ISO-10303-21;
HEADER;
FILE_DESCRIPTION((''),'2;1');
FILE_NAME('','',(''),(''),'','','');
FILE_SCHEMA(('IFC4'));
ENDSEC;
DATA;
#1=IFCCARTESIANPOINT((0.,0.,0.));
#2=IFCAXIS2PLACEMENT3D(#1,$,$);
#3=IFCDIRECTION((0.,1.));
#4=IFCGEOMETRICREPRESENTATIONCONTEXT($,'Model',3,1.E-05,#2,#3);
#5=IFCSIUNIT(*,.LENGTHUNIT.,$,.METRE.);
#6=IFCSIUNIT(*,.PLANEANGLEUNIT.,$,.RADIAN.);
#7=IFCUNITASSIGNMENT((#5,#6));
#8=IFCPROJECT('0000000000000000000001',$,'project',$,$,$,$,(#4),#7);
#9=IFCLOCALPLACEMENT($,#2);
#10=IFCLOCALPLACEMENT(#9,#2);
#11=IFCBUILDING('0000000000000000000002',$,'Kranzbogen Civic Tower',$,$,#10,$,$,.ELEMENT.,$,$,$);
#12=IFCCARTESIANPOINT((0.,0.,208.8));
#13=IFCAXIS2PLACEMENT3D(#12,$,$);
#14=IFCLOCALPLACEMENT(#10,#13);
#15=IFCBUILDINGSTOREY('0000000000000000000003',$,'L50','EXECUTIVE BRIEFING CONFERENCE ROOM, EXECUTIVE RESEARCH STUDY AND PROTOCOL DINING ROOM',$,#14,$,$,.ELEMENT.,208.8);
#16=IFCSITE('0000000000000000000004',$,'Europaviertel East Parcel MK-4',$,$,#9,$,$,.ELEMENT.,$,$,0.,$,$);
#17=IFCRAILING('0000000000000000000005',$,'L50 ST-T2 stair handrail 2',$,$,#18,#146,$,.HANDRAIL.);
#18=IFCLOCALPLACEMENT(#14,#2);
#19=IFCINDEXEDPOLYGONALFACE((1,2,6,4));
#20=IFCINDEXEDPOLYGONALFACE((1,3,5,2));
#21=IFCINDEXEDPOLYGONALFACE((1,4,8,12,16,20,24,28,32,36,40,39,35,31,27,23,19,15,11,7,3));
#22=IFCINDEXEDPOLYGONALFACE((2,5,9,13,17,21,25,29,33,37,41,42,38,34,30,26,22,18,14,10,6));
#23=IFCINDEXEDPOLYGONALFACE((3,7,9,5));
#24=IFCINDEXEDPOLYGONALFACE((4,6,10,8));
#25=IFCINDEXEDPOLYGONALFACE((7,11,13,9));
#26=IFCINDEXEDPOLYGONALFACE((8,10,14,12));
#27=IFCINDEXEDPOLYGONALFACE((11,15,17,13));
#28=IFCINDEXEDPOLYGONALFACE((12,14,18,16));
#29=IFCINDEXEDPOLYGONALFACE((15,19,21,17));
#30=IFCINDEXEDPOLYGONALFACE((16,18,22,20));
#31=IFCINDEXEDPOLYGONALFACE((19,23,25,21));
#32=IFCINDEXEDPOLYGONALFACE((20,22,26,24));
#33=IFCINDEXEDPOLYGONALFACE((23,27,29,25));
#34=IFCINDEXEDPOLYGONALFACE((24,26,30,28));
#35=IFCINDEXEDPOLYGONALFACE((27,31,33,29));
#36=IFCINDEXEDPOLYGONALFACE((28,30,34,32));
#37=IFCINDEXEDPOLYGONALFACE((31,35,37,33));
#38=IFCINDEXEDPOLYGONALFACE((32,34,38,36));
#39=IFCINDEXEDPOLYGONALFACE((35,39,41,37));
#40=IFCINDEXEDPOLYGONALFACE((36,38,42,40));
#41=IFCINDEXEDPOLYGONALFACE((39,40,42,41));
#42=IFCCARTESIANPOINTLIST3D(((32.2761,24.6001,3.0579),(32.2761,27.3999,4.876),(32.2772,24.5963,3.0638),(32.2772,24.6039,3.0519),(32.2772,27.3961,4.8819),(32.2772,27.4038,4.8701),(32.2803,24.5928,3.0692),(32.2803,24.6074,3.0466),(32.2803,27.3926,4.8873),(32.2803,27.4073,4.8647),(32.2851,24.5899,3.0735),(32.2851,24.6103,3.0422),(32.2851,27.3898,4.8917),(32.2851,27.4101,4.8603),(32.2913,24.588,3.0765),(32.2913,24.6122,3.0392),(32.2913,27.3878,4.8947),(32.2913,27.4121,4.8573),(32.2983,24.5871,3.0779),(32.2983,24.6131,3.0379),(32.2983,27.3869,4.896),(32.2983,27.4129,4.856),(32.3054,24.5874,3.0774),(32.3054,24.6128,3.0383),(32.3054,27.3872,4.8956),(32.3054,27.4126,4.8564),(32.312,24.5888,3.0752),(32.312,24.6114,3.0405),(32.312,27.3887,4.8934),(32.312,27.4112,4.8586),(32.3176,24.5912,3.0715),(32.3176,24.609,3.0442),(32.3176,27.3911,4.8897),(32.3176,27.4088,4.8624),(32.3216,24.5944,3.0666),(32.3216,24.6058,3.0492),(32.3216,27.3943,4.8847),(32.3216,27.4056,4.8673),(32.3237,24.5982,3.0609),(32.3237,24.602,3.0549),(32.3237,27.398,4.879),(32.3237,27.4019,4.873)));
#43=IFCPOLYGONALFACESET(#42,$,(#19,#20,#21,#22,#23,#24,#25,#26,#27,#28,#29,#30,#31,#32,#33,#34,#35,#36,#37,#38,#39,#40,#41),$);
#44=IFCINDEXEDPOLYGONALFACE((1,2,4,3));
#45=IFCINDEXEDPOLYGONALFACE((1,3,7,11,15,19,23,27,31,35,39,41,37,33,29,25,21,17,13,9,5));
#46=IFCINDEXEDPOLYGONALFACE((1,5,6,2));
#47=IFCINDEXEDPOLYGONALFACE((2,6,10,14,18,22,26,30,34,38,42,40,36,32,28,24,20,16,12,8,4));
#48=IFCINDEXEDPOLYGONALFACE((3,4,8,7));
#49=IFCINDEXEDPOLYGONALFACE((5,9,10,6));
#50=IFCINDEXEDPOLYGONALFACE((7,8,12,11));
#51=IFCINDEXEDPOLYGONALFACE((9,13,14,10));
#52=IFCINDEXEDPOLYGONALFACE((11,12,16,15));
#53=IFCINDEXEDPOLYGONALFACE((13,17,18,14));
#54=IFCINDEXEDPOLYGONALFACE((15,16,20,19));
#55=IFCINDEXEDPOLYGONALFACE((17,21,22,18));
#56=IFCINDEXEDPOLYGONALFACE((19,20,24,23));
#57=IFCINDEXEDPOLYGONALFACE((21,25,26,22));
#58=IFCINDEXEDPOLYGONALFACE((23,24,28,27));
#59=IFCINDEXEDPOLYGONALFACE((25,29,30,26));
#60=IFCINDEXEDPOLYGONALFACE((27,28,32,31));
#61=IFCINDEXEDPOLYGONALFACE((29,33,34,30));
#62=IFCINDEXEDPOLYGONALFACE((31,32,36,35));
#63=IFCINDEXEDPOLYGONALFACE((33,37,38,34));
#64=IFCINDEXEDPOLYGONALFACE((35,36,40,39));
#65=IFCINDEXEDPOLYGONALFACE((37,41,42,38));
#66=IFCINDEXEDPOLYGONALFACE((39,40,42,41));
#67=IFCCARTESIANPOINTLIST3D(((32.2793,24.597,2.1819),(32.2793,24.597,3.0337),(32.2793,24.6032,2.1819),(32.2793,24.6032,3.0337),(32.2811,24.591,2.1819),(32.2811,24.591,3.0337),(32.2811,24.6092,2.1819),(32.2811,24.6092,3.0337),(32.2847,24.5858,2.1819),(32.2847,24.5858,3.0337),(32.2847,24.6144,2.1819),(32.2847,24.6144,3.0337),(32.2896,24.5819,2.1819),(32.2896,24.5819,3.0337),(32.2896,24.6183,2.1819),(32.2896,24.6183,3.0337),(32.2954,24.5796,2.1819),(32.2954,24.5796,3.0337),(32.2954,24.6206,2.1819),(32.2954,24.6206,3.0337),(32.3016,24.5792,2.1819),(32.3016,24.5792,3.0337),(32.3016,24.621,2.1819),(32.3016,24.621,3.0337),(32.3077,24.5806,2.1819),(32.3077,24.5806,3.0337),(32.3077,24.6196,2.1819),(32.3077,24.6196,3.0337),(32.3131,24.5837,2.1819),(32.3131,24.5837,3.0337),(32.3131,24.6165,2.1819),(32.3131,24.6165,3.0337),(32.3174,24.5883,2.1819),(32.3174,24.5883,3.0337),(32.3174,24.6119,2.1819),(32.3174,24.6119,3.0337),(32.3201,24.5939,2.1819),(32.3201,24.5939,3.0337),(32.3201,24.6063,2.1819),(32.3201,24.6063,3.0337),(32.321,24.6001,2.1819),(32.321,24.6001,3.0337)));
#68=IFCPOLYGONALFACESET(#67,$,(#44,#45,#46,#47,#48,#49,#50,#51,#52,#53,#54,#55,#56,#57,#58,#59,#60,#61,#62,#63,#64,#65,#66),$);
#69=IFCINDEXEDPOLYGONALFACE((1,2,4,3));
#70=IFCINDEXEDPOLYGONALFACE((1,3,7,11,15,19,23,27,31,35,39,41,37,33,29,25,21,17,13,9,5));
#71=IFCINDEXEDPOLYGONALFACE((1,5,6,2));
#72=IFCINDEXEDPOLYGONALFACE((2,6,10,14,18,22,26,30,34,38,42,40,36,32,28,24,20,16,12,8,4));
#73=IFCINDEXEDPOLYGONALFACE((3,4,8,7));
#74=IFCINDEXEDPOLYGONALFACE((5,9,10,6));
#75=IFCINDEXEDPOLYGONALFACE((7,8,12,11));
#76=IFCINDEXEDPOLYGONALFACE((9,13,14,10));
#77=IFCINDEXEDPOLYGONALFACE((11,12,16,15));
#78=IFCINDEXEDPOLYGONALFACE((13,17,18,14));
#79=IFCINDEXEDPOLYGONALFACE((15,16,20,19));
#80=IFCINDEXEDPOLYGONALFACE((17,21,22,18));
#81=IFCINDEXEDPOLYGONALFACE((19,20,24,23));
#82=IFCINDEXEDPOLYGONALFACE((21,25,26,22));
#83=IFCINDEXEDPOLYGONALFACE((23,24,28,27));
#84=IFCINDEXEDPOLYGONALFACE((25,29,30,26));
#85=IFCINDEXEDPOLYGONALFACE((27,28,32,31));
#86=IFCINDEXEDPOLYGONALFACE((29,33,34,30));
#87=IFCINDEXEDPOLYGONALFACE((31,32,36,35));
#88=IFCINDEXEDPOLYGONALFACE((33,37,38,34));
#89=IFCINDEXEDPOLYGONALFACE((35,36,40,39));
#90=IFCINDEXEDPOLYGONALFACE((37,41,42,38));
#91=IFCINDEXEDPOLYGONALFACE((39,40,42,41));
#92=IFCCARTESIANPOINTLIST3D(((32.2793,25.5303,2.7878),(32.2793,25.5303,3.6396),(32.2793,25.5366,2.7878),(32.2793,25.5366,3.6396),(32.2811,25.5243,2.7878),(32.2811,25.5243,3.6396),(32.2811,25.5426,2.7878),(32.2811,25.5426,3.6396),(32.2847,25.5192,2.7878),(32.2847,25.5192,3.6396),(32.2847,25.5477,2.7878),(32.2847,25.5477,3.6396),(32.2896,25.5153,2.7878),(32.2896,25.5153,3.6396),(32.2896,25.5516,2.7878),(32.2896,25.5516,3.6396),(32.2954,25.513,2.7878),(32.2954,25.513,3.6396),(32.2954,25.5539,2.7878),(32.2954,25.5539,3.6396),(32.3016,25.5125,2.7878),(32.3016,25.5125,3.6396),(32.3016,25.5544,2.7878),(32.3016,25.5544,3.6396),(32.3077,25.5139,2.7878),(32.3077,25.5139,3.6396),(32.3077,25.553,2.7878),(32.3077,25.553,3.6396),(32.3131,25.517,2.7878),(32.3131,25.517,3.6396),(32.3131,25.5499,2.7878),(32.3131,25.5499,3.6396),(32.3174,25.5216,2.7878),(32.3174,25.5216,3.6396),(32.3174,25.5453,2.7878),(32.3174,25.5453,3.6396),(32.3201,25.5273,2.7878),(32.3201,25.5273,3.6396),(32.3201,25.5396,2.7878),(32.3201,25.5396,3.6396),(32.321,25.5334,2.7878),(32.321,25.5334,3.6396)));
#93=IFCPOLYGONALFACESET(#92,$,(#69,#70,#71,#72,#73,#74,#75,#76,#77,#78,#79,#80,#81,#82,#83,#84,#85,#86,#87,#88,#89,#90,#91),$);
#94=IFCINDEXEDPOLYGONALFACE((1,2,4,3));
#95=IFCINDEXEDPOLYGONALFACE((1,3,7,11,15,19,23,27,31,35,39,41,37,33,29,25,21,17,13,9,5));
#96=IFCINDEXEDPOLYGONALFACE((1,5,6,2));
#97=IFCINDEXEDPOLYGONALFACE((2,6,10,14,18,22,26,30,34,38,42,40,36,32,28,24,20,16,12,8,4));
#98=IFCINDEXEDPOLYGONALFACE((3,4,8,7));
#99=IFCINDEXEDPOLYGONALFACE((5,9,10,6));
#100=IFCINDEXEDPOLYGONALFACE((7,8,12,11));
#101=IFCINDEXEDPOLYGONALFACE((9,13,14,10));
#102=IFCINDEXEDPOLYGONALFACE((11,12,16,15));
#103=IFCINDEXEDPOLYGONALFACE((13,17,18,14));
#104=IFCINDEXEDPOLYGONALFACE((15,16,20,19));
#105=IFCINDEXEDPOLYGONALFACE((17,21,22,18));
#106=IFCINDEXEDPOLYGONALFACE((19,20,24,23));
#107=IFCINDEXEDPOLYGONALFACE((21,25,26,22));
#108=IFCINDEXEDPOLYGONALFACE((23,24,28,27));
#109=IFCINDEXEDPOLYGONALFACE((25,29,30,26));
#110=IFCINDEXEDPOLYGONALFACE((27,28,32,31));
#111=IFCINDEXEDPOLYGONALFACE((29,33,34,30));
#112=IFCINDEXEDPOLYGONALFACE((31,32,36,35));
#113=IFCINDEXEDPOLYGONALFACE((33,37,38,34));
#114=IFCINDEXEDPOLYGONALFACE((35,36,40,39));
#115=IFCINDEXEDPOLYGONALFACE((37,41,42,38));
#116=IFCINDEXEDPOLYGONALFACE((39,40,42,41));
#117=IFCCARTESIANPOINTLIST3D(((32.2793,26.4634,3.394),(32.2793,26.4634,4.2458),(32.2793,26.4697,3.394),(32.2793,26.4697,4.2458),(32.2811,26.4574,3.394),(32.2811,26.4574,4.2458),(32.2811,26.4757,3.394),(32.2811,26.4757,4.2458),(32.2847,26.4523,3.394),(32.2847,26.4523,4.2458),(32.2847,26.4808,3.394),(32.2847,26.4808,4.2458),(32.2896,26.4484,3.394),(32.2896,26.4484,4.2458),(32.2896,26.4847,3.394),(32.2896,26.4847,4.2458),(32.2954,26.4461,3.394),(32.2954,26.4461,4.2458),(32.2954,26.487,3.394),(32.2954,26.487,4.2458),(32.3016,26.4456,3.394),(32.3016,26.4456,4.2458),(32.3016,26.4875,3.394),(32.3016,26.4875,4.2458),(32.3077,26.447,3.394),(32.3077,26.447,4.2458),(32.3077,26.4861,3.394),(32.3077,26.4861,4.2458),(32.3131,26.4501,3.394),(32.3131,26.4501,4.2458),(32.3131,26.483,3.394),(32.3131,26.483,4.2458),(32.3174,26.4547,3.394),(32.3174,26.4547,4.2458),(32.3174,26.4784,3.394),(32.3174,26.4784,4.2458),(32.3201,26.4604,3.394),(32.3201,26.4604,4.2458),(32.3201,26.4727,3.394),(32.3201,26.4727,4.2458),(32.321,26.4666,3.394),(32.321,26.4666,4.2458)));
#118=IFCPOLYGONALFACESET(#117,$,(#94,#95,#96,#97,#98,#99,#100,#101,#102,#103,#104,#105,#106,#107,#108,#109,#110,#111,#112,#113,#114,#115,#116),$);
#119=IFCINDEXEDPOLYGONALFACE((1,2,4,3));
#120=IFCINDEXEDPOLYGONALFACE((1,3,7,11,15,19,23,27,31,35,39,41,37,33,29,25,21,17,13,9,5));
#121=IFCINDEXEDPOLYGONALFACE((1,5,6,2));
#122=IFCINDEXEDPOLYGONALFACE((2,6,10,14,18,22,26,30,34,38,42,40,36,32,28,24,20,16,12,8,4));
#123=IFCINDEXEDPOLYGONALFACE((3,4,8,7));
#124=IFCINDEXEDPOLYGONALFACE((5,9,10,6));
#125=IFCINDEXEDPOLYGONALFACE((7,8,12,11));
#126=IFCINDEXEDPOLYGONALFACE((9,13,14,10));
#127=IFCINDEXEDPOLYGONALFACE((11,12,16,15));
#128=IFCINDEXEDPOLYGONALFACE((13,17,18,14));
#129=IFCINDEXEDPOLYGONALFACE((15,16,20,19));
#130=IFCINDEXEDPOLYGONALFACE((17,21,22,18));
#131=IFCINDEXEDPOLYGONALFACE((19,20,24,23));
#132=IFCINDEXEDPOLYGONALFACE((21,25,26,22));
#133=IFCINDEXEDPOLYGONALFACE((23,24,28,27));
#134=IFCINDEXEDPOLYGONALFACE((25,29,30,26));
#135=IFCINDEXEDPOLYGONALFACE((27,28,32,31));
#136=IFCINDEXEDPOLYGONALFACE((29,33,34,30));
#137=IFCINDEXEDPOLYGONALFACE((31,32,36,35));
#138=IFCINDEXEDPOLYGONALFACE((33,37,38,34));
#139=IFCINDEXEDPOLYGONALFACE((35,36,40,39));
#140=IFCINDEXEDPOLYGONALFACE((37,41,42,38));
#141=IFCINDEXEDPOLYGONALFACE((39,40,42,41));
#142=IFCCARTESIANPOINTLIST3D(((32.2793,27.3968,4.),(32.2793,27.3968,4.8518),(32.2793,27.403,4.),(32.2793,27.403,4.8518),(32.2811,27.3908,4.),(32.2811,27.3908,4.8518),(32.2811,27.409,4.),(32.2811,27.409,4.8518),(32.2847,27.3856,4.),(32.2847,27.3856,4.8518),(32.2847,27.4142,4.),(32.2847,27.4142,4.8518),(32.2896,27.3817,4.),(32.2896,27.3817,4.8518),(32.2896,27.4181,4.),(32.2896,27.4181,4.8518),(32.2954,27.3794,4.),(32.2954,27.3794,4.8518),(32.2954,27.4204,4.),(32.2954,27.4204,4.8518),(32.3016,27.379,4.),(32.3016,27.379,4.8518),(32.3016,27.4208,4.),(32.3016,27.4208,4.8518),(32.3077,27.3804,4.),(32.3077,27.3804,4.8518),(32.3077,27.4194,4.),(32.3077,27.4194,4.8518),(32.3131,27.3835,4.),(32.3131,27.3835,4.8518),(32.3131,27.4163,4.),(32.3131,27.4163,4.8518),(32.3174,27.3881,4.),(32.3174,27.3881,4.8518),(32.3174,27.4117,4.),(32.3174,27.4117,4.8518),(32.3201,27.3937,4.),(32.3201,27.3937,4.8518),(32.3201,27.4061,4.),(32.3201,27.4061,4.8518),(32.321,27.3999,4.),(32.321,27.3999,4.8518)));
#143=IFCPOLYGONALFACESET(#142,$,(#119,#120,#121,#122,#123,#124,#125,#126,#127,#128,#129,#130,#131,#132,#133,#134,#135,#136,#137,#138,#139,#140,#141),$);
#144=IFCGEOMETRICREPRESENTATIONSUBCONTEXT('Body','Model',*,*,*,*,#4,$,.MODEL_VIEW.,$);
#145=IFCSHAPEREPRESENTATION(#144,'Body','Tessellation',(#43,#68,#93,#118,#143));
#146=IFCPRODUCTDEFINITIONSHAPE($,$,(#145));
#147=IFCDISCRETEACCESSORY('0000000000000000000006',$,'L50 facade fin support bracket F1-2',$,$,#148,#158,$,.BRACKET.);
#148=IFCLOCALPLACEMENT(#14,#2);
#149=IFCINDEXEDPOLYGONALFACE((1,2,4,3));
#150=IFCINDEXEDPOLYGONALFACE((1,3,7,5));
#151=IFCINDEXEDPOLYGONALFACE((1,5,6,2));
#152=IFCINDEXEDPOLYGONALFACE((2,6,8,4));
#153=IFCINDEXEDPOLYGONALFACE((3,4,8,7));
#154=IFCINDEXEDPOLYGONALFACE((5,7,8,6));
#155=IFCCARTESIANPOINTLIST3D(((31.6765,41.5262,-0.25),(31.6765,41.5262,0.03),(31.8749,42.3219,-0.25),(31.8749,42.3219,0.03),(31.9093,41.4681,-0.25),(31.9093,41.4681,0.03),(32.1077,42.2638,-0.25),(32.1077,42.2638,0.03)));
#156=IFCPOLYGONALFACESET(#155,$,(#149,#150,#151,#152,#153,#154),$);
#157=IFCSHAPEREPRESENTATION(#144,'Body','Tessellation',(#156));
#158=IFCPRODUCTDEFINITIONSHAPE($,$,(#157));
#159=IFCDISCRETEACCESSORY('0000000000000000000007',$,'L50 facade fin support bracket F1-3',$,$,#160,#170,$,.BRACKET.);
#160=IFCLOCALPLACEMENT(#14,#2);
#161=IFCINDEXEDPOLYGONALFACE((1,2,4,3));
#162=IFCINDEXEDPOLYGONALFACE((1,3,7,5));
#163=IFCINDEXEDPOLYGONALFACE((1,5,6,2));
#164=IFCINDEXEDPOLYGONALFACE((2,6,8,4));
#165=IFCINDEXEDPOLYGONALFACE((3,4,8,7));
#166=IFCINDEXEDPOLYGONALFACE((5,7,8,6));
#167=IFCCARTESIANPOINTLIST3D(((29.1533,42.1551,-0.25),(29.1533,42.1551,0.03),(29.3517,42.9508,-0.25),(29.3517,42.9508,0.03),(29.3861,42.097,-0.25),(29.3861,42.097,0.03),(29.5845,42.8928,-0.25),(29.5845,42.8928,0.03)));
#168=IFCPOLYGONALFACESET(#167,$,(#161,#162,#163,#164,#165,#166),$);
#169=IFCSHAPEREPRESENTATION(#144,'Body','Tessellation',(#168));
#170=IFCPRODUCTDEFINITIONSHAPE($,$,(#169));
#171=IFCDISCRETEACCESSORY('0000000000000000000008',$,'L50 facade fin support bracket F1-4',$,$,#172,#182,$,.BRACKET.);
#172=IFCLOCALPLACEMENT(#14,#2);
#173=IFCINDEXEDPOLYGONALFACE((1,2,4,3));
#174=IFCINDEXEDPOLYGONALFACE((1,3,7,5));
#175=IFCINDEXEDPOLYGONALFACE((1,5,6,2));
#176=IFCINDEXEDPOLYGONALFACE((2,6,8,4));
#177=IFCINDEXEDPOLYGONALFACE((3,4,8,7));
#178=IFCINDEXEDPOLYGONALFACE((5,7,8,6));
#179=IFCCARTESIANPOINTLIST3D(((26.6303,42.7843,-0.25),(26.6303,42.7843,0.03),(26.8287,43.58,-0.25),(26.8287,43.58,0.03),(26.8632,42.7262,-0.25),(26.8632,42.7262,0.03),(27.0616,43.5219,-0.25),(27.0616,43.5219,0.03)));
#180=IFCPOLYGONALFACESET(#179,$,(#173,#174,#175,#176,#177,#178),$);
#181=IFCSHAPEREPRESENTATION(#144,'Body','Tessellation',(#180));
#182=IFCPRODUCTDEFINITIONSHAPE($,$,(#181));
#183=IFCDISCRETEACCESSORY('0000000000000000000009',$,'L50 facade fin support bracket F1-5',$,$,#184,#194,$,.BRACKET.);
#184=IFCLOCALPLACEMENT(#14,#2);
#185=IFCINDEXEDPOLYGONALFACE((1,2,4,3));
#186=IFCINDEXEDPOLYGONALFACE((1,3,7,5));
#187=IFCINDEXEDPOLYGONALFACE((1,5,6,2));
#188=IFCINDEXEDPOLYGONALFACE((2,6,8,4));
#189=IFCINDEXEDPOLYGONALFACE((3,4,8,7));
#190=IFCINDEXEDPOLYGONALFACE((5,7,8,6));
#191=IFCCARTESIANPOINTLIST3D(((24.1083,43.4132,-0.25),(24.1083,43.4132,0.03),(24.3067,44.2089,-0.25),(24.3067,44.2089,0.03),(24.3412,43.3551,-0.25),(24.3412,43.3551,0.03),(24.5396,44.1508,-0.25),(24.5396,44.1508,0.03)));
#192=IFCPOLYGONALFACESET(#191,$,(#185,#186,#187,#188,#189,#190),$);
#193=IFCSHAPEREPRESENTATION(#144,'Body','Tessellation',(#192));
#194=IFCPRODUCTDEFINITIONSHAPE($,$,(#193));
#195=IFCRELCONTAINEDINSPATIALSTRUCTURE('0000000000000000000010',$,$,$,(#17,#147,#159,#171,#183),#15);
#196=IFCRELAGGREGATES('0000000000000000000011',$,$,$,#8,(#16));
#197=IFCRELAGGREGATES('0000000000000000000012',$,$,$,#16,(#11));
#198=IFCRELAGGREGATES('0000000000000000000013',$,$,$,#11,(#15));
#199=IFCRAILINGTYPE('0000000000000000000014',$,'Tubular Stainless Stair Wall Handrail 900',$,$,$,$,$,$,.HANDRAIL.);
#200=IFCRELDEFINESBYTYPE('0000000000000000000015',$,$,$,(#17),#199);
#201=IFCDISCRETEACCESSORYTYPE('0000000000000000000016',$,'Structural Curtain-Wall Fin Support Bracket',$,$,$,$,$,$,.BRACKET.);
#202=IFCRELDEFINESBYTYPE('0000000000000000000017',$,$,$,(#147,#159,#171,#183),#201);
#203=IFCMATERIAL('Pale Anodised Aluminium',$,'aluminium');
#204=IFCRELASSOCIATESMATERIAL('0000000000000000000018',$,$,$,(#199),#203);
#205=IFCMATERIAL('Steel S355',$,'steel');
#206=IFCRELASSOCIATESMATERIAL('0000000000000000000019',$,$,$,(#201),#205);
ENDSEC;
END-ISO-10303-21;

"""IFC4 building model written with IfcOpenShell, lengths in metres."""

from ifc_helpers import new_model, si_unit, direction, frame, origin, origin_2d, place, context, subcontext, project, spatial, rectangle, circle, extrude, material, type_object, element, save


model = new_model("IFC4")

# Units and contexts
model_context = context("Model", 3, precision=1e-05, world=origin(), true_north=direction((0.0, 1.0)))
body_context = subcontext(model_context, "Body", "Model", "MODEL_VIEW")
ifc_project = project(units=[si_unit("LENGTHUNIT", "METRE"), si_unit("PLANEANGLEUNIT", "RADIAN")], contexts=[model_context])

# Site, building, storey
site_placement = place(None, origin())
site = spatial("IfcSite", under=ifc_project, at=site_placement, Name="Europaviertel East Parcel MK-4", CompositionType="ELEMENT", RefElevation=0.0)
building_placement = place(site_placement, origin())
building = spatial("IfcBuilding", under=site, at=building_placement, Name="Kranzbogen Civic Tower", CompositionType="ELEMENT")
storey_placement = place(building_placement, frame((0.0, 0.0, 208.8)))
storey = spatial("IfcBuildingStorey", under=building, at=storey_placement, Name="L50", Description="EXECUTIVE BRIEFING CONFERENCE ROOM, EXECUTIVE RESEARCH STUDY AND PROTOCOL DINING ROOM", CompositionType="ELEMENT", Elevation=208.8)

# Shared definitions
ifc_material_1 = material(Name="Pale Anodised Aluminium", Category="aluminium")

# Shared definitions
ifc_material_2 = material(Name="Steel S355", Category="steel")

# Railing
railing_type_1 = type_object("IfcRailingType", Name="Tubular Stainless Stair Wall Handrail 900", PredefinedType="HANDRAIL", material=ifc_material_1)
railing_1_placement = place(storey_placement, frame((32.3, 24.6001, 2.1819)))
element("IfcRailing", 1, at=railing_1_placement, inside=storey, type_object=railing_type_1, Name="L50 ST-T2 stair handrail 2", PredefinedType="HANDRAIL", context=body_context, shape_type="SweptSolid", body=[
    extrude(circle(Radius=0.0239, at=origin_2d()), frame((0.0, 0.0, 0.876), z_axis=(0.0, 0.838684, 0.544618), x_axis=(-1.0, 0.0, 0.0)), (0.0, 0.0, 1.0), 3.3384),
    extrude(circle(Radius=0.021, at=origin_2d()), origin(), (0.0, 0.0, 1.0), 0.8518),
    extrude(circle(Radius=0.021, at=origin_2d()), frame((0.0, 0.9333, 0.606)), (0.0, 0.0, 1.0), 0.8518),
    extrude(circle(Radius=0.021, at=origin_2d()), frame((0.0, 1.8665, 1.2122)), (0.0, 0.0, 1.0), 0.8518),
    extrude(circle(Radius=0.021, at=origin_2d()), frame((0.0, 2.7998, 1.8181)), (0.0, 0.0, 1.0), 0.8518),
])

# Discrete accessories
discrete_accessory_type = type_object("IfcDiscreteAccessoryType", Name="Structural Curtain-Wall Fin Support Bracket", PredefinedType="BRACKET", material=ifc_material_2)
for number, where, z_axis, x_axis, name in (
    (2, (31.8921, 41.895, -0.25), (0.0, 0.0, 1.0), (0.241922, 0.970296, 0.0), "L50 facade fin support bracket F1-2"),
    (3, (29.3689, 42.5239, -0.25), (0.0, 0.0, 1.0), (0.241922, 0.970296, 0.0), "L50 facade fin support bracket F1-3"),
    (4, (26.8459, 43.1531, -0.25), (0.0, 0.0, 1.0), (0.241922, 0.970296, 0.0), "L50 facade fin support bracket F1-4"),
    (5, (24.324, 43.782, -0.25), (0.0, 0.0, 1.0), (0.241922, 0.970296, 0.0), "L50 facade fin support bracket F1-5"),
):
    element("IfcDiscreteAccessory", number, at=place(storey_placement, frame(where, z_axis=z_axis, x_axis=x_axis)), inside=storey, type_object=discrete_accessory_type, Name=name, PredefinedType="BRACKET", context=body_context, shape_type="SweptSolid", body=[
        extrude(rectangle(XDim=0.8201, YDim=0.24, at=origin_2d()), origin(), (0.0, 0.0, 1.0), 0.28),
    ])

save(model, "model.ifc")
